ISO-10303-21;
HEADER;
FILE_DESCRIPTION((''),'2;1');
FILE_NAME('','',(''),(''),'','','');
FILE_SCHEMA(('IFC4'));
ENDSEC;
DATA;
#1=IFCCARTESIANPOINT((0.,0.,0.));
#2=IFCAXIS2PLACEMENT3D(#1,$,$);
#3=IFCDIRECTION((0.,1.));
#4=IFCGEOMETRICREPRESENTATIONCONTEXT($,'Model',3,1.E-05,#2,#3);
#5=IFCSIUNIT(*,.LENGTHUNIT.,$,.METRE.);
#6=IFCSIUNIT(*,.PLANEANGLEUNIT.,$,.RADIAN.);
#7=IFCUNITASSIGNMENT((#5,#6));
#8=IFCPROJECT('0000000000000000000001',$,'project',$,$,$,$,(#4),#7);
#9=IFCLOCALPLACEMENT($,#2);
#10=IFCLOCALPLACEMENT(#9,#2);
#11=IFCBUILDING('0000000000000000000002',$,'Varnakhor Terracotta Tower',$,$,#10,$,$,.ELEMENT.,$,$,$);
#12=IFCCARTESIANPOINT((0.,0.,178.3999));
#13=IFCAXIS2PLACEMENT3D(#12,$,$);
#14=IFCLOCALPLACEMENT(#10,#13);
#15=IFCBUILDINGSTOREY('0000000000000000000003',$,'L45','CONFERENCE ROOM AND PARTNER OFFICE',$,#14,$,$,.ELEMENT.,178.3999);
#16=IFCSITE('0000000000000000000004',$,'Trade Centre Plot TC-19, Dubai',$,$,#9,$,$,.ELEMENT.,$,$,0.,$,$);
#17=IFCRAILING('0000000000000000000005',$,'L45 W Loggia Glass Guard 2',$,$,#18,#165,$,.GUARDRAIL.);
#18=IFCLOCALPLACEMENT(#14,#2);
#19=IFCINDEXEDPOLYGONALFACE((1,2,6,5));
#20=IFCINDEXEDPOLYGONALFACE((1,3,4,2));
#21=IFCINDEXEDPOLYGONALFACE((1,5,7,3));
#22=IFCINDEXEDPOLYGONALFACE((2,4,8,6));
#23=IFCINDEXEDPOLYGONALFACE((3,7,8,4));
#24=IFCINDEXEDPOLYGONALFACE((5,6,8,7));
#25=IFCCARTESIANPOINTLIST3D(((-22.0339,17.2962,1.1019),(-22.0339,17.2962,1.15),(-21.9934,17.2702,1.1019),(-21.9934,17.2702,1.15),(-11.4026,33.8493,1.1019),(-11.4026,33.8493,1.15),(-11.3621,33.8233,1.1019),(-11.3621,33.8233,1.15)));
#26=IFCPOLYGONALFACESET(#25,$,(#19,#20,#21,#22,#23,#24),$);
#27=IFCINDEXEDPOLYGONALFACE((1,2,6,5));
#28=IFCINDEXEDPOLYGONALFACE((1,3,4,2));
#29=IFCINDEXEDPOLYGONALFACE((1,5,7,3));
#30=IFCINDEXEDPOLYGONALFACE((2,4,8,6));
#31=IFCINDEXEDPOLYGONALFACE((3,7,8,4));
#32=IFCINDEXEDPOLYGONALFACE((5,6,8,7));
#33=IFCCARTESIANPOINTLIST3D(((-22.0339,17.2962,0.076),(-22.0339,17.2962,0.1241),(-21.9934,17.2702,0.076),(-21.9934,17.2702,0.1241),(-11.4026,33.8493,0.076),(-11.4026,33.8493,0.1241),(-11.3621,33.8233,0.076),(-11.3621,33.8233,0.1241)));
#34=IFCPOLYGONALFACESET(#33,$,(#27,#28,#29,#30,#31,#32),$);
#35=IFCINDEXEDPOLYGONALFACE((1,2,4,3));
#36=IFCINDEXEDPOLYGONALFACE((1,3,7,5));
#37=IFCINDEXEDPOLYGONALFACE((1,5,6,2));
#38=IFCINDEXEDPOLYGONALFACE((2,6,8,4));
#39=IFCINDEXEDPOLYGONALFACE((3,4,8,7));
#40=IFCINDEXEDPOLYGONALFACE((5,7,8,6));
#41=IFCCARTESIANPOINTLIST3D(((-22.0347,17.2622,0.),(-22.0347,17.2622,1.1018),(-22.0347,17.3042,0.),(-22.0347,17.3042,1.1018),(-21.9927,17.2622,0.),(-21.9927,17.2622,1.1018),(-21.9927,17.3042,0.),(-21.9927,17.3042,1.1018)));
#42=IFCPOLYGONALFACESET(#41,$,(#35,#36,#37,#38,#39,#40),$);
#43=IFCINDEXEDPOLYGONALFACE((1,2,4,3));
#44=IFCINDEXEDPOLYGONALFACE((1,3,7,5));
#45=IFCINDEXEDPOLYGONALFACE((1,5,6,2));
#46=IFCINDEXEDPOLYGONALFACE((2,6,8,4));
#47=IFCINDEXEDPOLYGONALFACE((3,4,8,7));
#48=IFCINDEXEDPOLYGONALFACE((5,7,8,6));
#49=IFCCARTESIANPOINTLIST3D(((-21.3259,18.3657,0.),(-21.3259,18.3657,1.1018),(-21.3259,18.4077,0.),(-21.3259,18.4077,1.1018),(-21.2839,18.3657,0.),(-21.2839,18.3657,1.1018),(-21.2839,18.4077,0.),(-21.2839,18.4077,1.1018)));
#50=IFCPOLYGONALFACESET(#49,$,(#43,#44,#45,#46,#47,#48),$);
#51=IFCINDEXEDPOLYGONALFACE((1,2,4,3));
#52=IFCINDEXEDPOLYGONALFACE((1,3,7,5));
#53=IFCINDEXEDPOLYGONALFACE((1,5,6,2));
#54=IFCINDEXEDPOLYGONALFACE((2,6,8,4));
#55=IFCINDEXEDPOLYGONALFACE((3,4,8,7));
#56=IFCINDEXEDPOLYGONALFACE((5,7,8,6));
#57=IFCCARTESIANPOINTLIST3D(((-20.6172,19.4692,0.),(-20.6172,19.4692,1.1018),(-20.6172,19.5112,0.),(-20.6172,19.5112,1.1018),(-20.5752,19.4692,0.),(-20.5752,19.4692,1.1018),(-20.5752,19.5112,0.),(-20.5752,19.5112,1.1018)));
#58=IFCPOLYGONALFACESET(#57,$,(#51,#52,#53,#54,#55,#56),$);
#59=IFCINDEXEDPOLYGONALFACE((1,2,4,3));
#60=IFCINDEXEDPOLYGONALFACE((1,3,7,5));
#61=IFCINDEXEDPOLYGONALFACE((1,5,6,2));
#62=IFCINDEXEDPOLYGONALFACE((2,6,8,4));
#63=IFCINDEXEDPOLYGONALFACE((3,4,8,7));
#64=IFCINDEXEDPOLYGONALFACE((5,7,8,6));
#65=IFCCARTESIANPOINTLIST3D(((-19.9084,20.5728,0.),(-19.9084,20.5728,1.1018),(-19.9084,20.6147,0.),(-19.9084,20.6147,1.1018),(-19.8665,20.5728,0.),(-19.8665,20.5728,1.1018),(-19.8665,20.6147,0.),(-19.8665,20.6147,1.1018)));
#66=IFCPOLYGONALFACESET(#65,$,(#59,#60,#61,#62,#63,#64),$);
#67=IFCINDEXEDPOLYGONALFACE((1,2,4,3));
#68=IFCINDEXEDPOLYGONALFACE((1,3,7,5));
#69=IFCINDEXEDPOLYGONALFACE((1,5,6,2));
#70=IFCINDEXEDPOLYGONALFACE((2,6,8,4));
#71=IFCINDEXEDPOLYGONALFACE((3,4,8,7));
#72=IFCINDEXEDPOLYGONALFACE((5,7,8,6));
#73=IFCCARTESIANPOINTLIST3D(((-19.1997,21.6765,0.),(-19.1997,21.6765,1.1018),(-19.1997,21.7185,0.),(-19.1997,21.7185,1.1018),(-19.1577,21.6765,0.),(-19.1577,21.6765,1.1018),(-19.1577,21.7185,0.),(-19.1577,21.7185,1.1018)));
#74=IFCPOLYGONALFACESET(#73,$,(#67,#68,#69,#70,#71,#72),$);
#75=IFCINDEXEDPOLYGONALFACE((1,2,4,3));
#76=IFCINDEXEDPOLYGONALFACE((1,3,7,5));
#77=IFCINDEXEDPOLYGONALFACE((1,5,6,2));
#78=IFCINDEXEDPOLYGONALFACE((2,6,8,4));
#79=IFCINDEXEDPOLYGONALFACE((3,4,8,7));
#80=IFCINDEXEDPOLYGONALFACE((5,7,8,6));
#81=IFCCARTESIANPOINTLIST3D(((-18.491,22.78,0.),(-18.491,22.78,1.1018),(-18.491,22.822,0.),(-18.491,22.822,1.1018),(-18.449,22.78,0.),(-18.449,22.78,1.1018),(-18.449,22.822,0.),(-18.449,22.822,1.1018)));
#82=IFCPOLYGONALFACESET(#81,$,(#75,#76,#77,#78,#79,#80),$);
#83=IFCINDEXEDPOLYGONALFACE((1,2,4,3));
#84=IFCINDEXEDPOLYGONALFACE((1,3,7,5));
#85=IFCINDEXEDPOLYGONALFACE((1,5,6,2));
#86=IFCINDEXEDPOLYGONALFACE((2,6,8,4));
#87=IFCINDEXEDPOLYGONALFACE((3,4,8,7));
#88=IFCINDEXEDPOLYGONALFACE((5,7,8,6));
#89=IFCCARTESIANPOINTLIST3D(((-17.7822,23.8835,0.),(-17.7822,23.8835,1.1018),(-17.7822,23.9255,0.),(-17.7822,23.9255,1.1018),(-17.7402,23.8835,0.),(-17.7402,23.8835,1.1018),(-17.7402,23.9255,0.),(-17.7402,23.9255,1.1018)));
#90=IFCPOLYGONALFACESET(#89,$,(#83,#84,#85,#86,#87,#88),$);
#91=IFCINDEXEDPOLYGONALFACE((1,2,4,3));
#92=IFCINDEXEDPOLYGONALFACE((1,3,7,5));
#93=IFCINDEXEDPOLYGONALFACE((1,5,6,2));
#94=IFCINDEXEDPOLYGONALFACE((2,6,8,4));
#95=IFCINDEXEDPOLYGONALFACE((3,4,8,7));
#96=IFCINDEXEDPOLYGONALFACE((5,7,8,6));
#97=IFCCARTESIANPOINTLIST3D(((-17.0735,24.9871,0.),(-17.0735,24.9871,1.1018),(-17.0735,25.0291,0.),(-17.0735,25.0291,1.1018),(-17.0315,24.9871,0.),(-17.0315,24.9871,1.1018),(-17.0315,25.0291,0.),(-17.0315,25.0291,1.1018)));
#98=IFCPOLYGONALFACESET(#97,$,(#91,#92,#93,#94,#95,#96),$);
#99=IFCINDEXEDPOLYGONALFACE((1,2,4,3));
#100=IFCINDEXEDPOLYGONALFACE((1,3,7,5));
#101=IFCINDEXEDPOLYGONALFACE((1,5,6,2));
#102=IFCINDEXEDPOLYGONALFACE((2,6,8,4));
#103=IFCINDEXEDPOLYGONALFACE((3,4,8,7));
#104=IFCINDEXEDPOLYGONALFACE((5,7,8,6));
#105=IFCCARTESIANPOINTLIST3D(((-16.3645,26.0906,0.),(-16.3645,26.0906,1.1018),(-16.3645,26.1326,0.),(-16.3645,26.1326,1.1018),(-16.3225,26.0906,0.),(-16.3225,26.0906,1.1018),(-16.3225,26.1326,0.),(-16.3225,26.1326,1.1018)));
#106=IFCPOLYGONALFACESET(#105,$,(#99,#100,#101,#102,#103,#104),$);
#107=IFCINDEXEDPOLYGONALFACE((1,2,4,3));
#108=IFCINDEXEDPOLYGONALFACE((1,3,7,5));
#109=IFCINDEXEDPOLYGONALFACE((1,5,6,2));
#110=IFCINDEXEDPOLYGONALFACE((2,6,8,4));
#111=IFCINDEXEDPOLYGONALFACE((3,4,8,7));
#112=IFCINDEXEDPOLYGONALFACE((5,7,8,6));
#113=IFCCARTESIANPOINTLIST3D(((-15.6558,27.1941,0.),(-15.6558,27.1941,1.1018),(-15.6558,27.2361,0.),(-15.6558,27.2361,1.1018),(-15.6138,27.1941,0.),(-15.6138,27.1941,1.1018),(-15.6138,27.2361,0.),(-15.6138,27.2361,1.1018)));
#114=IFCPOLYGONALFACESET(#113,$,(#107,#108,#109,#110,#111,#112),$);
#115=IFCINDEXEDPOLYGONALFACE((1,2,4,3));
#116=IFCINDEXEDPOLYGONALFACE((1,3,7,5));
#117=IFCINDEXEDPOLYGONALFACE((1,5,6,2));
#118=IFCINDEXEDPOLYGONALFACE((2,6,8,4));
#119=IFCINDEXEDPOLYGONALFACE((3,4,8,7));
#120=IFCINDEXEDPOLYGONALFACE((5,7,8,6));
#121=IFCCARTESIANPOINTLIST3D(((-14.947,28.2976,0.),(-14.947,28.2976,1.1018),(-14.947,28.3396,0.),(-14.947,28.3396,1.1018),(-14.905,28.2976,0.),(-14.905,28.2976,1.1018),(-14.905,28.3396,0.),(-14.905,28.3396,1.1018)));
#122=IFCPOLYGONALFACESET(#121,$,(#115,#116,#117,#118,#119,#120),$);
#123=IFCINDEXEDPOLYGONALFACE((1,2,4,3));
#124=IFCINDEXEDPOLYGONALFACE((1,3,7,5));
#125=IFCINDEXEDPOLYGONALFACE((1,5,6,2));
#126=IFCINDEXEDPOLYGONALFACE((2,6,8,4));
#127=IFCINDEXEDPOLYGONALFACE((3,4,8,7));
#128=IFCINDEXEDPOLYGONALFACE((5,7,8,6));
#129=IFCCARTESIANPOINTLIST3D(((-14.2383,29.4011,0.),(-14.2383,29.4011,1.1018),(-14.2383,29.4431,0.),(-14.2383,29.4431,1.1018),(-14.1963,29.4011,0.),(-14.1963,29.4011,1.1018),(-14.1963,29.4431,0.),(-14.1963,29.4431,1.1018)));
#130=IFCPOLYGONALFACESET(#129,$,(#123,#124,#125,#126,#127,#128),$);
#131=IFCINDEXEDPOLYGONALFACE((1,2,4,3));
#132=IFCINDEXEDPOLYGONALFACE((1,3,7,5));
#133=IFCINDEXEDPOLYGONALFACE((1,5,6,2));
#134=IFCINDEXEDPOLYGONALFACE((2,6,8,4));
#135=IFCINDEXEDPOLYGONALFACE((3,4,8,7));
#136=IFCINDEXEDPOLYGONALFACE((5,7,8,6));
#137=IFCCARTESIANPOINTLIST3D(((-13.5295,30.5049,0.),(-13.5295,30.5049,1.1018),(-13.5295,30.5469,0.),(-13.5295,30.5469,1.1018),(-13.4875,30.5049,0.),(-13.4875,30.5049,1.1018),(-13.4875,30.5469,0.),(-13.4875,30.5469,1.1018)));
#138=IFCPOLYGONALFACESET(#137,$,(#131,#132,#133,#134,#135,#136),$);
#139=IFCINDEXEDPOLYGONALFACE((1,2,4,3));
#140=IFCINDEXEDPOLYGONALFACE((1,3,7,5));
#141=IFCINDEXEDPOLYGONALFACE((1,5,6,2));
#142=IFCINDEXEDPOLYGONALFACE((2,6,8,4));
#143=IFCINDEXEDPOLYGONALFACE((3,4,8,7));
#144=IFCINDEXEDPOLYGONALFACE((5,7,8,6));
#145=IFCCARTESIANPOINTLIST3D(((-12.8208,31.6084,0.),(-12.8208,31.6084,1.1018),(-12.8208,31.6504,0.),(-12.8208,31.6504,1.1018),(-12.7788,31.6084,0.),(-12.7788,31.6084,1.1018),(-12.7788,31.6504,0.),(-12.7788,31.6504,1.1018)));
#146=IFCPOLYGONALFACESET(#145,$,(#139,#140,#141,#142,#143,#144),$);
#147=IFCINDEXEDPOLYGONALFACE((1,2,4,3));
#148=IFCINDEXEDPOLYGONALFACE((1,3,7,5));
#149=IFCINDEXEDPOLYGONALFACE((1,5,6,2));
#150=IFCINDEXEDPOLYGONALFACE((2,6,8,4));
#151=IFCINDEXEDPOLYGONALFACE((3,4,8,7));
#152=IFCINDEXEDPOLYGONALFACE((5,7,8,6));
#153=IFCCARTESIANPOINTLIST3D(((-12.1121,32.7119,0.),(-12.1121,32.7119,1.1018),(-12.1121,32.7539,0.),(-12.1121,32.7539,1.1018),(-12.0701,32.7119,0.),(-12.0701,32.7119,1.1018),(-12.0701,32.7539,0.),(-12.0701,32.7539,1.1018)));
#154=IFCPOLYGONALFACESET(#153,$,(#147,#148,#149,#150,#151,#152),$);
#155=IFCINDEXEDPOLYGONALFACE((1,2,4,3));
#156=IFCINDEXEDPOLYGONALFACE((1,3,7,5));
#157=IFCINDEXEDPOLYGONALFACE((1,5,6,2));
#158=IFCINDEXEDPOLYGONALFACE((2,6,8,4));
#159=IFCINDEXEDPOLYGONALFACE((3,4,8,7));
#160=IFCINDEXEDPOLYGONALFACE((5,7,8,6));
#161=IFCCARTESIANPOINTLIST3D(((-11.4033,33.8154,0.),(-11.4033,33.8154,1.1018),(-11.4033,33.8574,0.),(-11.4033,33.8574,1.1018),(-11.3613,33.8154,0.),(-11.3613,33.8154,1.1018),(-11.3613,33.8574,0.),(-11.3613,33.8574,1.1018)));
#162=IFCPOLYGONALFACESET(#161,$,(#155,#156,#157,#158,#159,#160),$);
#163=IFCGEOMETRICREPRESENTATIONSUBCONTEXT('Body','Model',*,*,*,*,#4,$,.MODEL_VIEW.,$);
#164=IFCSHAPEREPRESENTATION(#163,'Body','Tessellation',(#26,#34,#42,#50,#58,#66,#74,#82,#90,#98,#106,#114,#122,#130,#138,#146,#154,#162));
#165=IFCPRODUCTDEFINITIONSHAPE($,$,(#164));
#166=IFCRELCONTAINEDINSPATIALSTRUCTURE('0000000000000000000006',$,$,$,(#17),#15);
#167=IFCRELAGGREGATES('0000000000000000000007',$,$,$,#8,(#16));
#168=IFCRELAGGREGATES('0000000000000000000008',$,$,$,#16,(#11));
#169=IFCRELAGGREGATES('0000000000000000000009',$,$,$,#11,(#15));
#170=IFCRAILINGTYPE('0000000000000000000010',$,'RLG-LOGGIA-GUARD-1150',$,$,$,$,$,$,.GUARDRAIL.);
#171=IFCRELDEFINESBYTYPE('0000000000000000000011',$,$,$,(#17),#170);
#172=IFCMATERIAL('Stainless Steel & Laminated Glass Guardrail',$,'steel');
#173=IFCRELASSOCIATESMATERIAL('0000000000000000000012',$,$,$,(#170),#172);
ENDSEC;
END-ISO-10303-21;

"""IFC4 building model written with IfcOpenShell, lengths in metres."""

from ifc_helpers import new_model, si_unit, direction, frame, origin, origin_2d, place, context, subcontext, project, spatial, rectangle, extrude, material, type_object, element, save


model = new_model("IFC4")

# Units and contexts
model_context = context("Model", 3, precision=1e-05, world=origin(), true_north=direction((0.0, 1.0)))
body_context = subcontext(model_context, "Body", "Model", "MODEL_VIEW")
ifc_project = project(units=[si_unit("LENGTHUNIT", "METRE"), si_unit("PLANEANGLEUNIT", "RADIAN")], contexts=[model_context])

# Site, building, storey
site_placement = place(None, origin())
site = spatial("IfcSite", under=ifc_project, at=site_placement, Name="Trade Centre Plot TC-19, Dubai", CompositionType="ELEMENT", RefElevation=0.0)
building_placement = place(site_placement, origin())
building = spatial("IfcBuilding", under=site, at=building_placement, Name="Varnakhor Terracotta Tower", CompositionType="ELEMENT")
storey_placement = place(building_placement, frame((0.0, 0.0, 178.3999)))
storey = spatial("IfcBuildingStorey", under=building, at=storey_placement, Name="L45", Description="CONFERENCE ROOM AND PARTNER OFFICE", CompositionType="ELEMENT", Elevation=178.3999)

# Railing
ifc_material_1 = material(Name="Stainless Steel & Laminated Glass Guardrail", Category="steel")
railing_type = type_object("IfcRailingType", Name="RLG-LOGGIA-GUARD-1150", PredefinedType="GUARDRAIL", material=ifc_material_1)
railing_1_placement = place(storey_placement, frame((-22.0137, 17.2832, 0.0)))
element("IfcRailing", 1, at=railing_1_placement, inside=storey, type_object=railing_type, Name="L45 W Loggia Glass Guard 2", PredefinedType="GUARDRAIL", context=body_context, shape_type="SweptSolid", body=[
    extrude(rectangle(XDim=0.0481, YDim=0.0481, at=origin_2d()), frame((0.0, 0.0, 1.126), z_axis=(0.540398, 0.84141, 0.0), x_axis=(-0.84141, 0.540398, 0.0)), (0.0, 0.0, 1.0), 19.6731),
    extrude(rectangle(XDim=0.0481, YDim=0.0481, at=origin_2d()), frame((0.0, 0.0, 0.1001), z_axis=(0.540398, 0.84141, 0.0), x_axis=(-0.84141, 0.540398, 0.0)), (0.0, 0.0, 1.0), 19.6731),
    extrude(rectangle(XDim=0.042, YDim=0.042, at=origin_2d()), origin(), (0.0, 0.0, 1.0), 1.1018),
    extrude(rectangle(XDim=0.042, YDim=0.042, at=origin_2d()), frame((0.7087, 1.1035, 0.0)), (0.0, 0.0, 1.0), 1.1018),
    extrude(rectangle(XDim=0.042, YDim=0.042, at=origin_2d()), frame((1.4175, 2.207, 0.0)), (0.0, 0.0, 1.0), 1.1018),
    extrude(rectangle(XDim=0.042, YDim=0.042, at=origin_2d()), frame((2.1262, 3.3105, 0.0)), (0.0, 0.0, 1.0), 1.1018),
    extrude(rectangle(XDim=0.042, YDim=0.042, at=origin_2d()), frame((2.835, 4.4143, 0.0)), (0.0, 0.0, 1.0), 1.1018),
    extrude(rectangle(XDim=0.042, YDim=0.042, at=origin_2d()), frame((3.5437, 5.5178, 0.0)), (0.0, 0.0, 1.0), 1.1018),
    extrude(rectangle(XDim=0.042, YDim=0.042, at=origin_2d()), frame((4.2524, 6.6213, 0.0)), (0.0, 0.0, 1.0), 1.1018),
    extrude(rectangle(XDim=0.042, YDim=0.042, at=origin_2d()), frame((4.9612, 7.7249, 0.0)), (0.0, 0.0, 1.0), 1.1018),
    extrude(rectangle(XDim=0.042, YDim=0.042, at=origin_2d()), frame((5.6702, 8.8284, 0.0)), (0.0, 0.0, 1.0), 1.1018),
    extrude(rectangle(XDim=0.042, YDim=0.042, at=origin_2d()), frame((6.3789, 9.9319, 0.0)), (0.0, 0.0, 1.0), 1.1018),
    extrude(rectangle(XDim=0.042, YDim=0.042, at=origin_2d()), frame((7.0876, 11.0354, 0.0)), (0.0, 0.0, 1.0), 1.1018),
    extrude(rectangle(XDim=0.042, YDim=0.042, at=origin_2d()), frame((7.7964, 12.1389, 0.0)), (0.0, 0.0, 1.0), 1.1018),
    extrude(rectangle(XDim=0.042, YDim=0.042, at=origin_2d()), frame((8.5051, 13.2427, 0.0)), (0.0, 0.0, 1.0), 1.1018),
    extrude(rectangle(XDim=0.042, YDim=0.042, at=origin_2d()), frame((9.2139, 14.3462, 0.0)), (0.0, 0.0, 1.0), 1.1018),
    extrude(rectangle(XDim=0.042, YDim=0.042, at=origin_2d()), frame((9.9226, 15.4497, 0.0)), (0.0, 0.0, 1.0), 1.1018),
    extrude(rectangle(XDim=0.042, YDim=0.042, at=origin_2d()), frame((10.6313, 16.5532, 0.0)), (0.0, 0.0, 1.0), 1.1018),
])

save(model, "model.ifc")
